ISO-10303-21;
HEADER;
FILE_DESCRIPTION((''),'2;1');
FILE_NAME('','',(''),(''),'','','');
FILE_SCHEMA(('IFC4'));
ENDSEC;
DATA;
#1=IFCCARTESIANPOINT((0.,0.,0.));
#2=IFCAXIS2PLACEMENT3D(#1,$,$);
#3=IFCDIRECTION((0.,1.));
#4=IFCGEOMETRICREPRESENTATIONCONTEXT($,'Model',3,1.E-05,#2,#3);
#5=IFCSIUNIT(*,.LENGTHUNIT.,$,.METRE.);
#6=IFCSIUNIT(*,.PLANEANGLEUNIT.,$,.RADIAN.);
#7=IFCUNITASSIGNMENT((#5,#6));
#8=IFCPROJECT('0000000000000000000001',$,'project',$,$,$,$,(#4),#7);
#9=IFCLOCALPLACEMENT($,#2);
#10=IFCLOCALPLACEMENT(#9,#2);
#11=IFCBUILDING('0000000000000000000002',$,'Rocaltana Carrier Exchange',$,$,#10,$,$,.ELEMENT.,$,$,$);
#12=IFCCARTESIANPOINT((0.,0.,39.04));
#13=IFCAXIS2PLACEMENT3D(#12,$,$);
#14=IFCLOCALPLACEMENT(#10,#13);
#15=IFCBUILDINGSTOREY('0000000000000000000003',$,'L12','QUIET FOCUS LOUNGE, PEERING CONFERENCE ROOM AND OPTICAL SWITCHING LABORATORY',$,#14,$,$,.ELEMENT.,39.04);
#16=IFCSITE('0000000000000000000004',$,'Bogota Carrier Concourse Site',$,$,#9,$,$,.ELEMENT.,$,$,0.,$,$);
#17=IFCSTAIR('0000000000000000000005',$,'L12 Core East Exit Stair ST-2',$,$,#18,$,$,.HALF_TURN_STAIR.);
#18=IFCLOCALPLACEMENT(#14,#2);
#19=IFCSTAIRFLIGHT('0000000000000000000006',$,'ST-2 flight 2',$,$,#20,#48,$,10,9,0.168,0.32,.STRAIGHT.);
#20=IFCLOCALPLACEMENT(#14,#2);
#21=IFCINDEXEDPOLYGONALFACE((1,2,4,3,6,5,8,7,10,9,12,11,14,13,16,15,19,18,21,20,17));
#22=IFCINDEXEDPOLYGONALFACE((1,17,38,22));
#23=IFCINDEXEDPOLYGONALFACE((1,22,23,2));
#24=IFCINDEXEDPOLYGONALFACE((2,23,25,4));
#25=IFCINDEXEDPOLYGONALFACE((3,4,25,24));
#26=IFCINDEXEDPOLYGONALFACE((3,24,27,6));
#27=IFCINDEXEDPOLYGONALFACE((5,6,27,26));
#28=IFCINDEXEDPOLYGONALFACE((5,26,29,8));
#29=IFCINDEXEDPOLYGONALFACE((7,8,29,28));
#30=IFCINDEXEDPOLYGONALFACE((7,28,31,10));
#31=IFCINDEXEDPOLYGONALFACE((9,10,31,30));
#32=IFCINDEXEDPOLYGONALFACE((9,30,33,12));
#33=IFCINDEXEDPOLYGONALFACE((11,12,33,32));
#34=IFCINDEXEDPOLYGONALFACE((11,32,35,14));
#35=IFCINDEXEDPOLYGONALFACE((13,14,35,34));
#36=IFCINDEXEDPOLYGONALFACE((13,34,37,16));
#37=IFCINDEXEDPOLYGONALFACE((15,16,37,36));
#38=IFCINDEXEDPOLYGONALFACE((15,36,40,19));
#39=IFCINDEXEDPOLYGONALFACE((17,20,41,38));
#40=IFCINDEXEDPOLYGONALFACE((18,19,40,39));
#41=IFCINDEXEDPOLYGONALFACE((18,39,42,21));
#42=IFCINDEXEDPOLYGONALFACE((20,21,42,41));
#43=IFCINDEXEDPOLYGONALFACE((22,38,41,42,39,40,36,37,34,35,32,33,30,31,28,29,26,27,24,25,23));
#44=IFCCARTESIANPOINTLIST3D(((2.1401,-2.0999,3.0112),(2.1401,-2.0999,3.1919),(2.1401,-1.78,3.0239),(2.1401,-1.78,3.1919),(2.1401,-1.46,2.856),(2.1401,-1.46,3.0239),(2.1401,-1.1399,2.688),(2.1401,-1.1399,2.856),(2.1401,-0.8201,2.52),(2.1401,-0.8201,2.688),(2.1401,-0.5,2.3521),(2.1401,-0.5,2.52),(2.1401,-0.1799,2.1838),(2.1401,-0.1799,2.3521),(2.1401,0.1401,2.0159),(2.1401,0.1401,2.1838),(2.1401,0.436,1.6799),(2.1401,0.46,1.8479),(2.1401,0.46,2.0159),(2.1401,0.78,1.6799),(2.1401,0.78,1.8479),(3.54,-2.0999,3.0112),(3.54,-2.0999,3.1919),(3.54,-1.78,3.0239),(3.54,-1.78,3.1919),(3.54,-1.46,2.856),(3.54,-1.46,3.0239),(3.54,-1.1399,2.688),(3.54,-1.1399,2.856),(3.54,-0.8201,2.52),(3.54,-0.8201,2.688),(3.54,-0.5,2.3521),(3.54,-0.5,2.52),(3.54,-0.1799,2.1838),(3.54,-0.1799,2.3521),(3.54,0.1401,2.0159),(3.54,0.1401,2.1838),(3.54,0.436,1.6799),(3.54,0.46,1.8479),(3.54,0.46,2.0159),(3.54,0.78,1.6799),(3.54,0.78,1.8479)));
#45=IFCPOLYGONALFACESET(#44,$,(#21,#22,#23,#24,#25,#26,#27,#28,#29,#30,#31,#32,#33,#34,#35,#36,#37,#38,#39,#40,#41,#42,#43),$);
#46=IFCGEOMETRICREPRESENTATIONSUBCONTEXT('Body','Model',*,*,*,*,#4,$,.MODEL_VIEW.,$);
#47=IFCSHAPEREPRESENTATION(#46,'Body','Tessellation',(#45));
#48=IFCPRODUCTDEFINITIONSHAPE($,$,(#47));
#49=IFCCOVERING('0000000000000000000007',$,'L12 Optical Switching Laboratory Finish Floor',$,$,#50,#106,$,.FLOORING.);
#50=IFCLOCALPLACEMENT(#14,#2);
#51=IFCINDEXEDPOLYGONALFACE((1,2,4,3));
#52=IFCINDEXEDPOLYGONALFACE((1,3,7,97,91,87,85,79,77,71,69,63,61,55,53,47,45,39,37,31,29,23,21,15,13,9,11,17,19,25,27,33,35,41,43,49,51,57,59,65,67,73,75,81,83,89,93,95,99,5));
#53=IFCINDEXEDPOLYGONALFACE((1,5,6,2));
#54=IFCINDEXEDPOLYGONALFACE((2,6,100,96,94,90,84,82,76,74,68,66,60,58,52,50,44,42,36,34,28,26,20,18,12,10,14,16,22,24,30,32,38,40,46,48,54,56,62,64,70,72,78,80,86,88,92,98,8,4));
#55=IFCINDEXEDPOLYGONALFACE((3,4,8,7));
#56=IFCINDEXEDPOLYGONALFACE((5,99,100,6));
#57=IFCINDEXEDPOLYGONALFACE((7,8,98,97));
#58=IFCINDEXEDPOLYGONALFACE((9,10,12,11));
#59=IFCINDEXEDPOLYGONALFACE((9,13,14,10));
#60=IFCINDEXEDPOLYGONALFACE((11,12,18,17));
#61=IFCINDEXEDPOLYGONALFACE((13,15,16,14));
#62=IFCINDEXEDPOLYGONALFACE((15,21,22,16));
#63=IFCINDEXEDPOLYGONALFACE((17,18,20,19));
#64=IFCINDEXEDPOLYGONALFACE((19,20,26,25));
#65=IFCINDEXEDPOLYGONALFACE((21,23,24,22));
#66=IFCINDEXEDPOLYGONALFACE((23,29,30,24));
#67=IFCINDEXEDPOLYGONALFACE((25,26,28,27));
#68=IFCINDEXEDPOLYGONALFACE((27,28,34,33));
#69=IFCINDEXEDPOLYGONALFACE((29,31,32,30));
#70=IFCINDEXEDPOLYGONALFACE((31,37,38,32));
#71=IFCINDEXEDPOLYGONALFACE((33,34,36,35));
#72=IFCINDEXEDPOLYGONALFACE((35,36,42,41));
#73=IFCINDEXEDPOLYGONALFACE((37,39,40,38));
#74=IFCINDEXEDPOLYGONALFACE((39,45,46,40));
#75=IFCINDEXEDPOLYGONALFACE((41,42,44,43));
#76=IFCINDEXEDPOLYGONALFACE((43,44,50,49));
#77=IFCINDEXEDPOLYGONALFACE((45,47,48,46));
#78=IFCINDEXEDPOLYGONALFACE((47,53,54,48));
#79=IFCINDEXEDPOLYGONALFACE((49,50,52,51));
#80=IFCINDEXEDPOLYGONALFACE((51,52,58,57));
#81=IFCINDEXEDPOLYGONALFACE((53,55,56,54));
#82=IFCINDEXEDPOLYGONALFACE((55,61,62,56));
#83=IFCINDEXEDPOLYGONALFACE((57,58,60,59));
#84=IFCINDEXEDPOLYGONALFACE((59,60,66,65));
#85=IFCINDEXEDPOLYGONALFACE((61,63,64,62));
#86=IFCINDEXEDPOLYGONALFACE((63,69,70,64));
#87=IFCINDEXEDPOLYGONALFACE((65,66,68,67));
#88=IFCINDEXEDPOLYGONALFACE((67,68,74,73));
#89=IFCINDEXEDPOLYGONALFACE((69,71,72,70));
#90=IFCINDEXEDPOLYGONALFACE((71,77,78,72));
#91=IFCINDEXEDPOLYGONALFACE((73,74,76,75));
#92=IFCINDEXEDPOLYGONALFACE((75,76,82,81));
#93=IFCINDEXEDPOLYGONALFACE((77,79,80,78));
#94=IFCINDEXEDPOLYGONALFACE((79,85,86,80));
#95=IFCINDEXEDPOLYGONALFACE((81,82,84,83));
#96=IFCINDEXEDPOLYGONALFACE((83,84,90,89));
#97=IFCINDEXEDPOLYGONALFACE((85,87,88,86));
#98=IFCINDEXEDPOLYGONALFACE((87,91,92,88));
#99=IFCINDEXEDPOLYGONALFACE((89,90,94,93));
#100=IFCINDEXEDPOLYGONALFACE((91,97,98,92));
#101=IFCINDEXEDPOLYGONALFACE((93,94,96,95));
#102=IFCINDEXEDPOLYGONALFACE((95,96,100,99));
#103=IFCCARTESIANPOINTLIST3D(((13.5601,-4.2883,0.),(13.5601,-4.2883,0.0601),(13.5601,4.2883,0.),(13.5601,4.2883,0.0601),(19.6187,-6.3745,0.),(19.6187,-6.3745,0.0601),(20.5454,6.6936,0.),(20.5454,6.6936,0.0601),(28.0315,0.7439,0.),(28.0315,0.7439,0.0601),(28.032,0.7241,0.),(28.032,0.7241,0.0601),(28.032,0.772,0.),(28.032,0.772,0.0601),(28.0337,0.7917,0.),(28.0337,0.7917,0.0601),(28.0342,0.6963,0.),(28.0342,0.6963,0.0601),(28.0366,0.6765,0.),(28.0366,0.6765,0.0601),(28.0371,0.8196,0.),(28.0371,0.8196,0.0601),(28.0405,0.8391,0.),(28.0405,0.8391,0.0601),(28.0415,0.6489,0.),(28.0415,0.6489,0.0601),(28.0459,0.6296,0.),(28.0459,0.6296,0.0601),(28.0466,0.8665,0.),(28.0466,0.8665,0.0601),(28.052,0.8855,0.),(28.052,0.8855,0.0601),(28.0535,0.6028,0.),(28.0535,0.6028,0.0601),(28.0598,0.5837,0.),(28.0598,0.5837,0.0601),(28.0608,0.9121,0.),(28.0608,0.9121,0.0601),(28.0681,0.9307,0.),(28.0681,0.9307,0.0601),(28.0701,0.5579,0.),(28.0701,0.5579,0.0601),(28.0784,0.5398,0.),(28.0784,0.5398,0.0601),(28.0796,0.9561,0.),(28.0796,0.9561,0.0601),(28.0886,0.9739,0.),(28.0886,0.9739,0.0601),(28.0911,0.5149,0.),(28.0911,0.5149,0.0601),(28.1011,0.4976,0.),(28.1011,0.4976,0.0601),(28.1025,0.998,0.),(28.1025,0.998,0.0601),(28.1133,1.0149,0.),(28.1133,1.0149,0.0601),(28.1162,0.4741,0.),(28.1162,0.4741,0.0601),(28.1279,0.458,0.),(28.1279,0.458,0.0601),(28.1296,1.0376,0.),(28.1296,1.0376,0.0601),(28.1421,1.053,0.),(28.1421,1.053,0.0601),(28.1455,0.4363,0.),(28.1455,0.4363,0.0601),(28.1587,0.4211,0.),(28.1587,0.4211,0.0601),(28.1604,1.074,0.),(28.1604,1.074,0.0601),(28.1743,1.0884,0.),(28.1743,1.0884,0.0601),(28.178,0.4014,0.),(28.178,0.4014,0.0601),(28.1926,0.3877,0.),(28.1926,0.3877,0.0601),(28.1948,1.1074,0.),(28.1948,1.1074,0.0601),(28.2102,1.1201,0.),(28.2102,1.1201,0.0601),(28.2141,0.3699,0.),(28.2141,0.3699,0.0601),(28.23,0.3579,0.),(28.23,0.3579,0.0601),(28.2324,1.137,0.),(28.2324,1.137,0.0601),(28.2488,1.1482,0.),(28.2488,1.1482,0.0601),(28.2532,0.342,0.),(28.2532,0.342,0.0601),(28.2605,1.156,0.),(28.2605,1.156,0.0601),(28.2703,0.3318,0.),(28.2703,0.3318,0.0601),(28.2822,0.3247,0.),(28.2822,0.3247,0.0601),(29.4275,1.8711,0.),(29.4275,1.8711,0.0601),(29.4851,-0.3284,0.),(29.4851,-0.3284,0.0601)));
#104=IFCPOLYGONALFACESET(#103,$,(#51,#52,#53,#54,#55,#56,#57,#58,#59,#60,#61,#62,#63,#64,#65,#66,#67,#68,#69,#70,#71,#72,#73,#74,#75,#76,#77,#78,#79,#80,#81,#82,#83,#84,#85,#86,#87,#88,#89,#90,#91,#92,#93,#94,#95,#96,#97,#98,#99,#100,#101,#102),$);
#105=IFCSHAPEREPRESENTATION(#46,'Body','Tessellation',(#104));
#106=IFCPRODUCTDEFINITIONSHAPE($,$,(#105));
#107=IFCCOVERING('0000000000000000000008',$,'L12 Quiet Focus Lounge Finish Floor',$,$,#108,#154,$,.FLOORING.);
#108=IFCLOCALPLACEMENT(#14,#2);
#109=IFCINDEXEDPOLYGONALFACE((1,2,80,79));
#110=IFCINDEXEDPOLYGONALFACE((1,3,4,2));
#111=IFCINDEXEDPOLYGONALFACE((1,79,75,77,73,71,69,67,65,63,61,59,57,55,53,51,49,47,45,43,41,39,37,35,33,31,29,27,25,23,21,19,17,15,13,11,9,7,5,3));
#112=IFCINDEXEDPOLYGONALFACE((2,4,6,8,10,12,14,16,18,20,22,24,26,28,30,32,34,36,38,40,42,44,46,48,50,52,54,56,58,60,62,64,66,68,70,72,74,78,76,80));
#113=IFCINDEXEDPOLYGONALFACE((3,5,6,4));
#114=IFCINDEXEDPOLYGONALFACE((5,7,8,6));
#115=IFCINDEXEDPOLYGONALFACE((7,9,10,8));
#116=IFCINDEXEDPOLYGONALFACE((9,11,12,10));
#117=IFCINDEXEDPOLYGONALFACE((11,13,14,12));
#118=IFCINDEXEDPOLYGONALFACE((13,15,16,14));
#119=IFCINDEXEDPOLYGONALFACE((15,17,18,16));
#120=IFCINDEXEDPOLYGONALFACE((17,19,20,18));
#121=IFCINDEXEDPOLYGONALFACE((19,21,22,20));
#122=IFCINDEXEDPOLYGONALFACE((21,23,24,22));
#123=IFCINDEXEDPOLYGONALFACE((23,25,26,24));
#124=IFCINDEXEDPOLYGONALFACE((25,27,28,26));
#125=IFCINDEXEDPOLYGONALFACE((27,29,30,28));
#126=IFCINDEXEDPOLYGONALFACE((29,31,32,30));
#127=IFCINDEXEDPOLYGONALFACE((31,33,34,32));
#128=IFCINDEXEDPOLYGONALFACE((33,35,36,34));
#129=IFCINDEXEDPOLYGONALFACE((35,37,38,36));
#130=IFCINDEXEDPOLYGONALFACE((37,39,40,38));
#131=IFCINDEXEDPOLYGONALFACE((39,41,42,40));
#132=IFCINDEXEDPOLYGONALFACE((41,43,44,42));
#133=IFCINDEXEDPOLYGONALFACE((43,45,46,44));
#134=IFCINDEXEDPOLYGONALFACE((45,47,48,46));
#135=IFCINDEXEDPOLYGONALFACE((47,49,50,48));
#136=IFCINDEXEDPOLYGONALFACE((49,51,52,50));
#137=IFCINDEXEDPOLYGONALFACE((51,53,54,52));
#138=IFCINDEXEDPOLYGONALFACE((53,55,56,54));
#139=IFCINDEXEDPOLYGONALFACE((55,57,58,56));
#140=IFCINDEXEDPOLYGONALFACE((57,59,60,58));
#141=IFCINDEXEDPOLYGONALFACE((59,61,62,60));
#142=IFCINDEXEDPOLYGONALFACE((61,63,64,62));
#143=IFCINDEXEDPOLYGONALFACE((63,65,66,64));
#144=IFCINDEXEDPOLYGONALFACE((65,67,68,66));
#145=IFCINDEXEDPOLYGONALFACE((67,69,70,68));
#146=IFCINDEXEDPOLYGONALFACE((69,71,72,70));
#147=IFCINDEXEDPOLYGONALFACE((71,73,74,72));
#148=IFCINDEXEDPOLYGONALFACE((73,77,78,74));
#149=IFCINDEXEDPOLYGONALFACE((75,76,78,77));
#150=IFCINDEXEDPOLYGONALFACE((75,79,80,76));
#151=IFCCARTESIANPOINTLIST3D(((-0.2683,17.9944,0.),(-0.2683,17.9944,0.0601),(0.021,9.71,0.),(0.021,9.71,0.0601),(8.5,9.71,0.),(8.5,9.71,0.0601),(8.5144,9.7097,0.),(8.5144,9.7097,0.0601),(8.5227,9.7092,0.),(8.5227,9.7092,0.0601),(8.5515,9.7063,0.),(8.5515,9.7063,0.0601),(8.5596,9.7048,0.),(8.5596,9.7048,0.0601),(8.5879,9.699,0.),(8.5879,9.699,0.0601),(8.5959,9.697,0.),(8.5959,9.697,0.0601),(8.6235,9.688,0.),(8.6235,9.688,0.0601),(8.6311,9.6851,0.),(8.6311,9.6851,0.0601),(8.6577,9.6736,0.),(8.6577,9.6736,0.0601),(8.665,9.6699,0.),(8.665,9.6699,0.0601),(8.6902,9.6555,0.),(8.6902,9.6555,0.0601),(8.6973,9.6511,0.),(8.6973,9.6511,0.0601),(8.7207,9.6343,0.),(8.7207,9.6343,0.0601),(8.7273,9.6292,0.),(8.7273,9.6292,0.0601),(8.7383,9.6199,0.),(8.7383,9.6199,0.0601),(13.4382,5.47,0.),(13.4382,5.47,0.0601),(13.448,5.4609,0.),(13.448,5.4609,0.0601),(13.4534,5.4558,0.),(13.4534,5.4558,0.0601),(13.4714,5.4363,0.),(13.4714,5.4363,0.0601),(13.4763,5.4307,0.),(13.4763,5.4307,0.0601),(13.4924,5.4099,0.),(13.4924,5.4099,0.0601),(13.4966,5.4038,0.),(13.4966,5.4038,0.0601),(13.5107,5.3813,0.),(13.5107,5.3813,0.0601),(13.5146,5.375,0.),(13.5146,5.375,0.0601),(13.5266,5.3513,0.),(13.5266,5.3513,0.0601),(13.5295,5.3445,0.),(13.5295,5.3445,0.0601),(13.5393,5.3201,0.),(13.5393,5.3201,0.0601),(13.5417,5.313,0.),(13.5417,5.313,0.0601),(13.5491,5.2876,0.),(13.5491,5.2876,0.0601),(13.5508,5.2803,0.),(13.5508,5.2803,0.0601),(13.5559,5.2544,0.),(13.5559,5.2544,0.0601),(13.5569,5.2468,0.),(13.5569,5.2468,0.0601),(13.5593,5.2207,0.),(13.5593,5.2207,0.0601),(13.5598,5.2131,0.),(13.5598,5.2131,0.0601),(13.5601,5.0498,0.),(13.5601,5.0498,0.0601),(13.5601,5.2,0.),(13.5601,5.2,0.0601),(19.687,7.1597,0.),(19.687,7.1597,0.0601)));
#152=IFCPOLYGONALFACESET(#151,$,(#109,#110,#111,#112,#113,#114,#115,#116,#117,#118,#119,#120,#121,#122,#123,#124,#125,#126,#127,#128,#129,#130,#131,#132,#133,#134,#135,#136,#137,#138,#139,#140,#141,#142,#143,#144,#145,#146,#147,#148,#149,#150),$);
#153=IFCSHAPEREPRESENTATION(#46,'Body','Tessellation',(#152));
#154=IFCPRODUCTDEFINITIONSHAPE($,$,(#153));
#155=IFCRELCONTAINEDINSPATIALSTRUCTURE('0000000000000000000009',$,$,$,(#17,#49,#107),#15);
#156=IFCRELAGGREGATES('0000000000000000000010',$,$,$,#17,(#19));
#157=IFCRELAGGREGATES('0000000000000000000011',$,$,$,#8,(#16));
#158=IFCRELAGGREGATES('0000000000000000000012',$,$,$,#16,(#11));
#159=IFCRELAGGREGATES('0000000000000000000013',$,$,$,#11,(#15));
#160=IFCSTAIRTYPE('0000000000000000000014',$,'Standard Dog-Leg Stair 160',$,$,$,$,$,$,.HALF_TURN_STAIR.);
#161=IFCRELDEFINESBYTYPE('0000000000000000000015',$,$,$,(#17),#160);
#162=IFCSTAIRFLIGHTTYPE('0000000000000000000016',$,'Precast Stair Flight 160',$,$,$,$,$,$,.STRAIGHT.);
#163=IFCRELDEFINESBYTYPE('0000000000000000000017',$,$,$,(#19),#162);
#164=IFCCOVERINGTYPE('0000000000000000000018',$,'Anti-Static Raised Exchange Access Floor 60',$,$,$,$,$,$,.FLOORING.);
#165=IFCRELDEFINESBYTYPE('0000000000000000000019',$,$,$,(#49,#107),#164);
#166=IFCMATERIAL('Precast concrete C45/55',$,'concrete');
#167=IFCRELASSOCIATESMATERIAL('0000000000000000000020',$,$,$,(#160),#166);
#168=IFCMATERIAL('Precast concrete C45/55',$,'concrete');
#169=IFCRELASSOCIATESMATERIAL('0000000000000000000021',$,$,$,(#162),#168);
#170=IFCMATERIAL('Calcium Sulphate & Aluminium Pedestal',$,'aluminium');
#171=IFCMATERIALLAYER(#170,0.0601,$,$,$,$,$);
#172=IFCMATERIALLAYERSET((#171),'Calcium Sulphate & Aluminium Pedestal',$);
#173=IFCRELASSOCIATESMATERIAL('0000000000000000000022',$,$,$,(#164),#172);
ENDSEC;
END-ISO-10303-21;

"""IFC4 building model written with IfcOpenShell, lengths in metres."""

from ifc_helpers import new_model, si_unit, direction, frame, origin, place, context, subcontext, project, spatial, polyline, outline, extrude, material, layer, layer_set, type_object, element, aggregate, save


model = new_model("IFC4")

# Units and contexts
model_context = context("Model", 3, precision=1e-05, world=origin(), true_north=direction((0.0, 1.0)))
body_context = subcontext(model_context, "Body", "Model", "MODEL_VIEW")
ifc_project = project(units=[si_unit("LENGTHUNIT", "METRE"), si_unit("PLANEANGLEUNIT", "RADIAN")], contexts=[model_context])

# Site, building, storey
site_placement = place(None, origin())
site = spatial("IfcSite", under=ifc_project, at=site_placement, Name="Bogota Carrier Concourse Site", CompositionType="ELEMENT", RefElevation=0.0)
building_placement = place(site_placement, origin())
building = spatial("IfcBuilding", under=site, at=building_placement, Name="Rocaltana Carrier Exchange", CompositionType="ELEMENT")
storey_placement = place(building_placement, frame((0.0, 0.0, 39.04)))
storey = spatial("IfcBuildingStorey", under=building, at=storey_placement, Name="L12", Description="QUIET FOCUS LOUNGE, PEERING CONFERENCE ROOM AND OPTICAL SWITCHING LABORATORY", CompositionType="ELEMENT", Elevation=39.04)

# Stair, stair flight
ifc_material_1 = material(Name="Precast concrete C45/55", Category="concrete")
stair_type = type_object("IfcStairType", Name="Standard Dog-Leg Stair 160", PredefinedType="HALF_TURN_STAIR", material=ifc_material_1)
stair_placement = place(storey_placement, origin())
stair = element("IfcStair", 1, at=stair_placement, inside=storey, type_object=stair_type, Name="L12 Core East Exit Stair ST-2", PredefinedType="HALF_TURN_STAIR")
ifc_material_2 = material(Name="Precast concrete C45/55", Category="concrete")
stair_flight_type = type_object("IfcStairFlightType", Name="Precast Stair Flight 160", PredefinedType="STRAIGHT", material=ifc_material_2)
stair_flight_placement = place(storey_placement, frame((2.8401, 0.78, 1.6799), z_axis=(0.0, 0.0, 1.0), x_axis=(0.0, -1.0, 0.0)))
stair_flight = element("IfcStairFlight", 2, at=stair_flight_placement, type_object=stair_flight_type, Name="ST-2 flight 2", NumberOfRisers=10, NumberOfTreads=9, PredefinedType="STRAIGHT", RiserHeight=0.168, TreadLength=0.32, context=body_context, shape_type="SweptSolid", body=[
    extrude(outline(polyline([(0.0, 0.0), (0.0, 0.168), (0.3201, 0.168), (0.3201, 0.3359), (0.6399, 0.3359), (0.6399, 0.5039), (0.96, 0.5039), (0.96, 0.6721), (1.28, 0.6721), (1.28, 0.8401), (1.6001, 0.8401), (1.6001, 1.0081), (1.9199, 1.0081), (1.9199, 1.176), (2.24, 1.176), (2.24, 1.344), (2.5601, 1.344), (2.5601, 1.512), (2.8799, 1.512), (2.8799, 1.6799), (2.8799, 1.3313), (0.344, 0.0), (0.0, 0.0)])), frame((0.0, 0.7, 0.0), z_axis=(0.0, -1.0, 0.0), x_axis=(1.0, 0.0, 0.0)), (0.0, 0.0, 1.0), 1.3999),
])
aggregate(stair, [stair_flight])

# Coverings
ifc_material_3 = material(Name="Calcium Sulphate & Aluminium Pedestal", Category="aluminium")
ifc_layer_1 = layer(ifc_material_3, 0.0601)
ifc_layer_set_1 = layer_set([ifc_layer_1], Name="Calcium Sulphate & Aluminium Pedestal")
covering_type_1 = type_object("IfcCoveringType", Name="Anti-Static Raised Exchange Access Floor 60", PredefinedType="FLOORING", material=ifc_layer_set_1)
covering_1_placement = place(storey_placement, origin())
element("IfcCovering", 3, at=covering_1_placement, inside=storey, type_object=covering_type_1, Name="L12 Optical Switching Laboratory Finish Floor", PredefinedType="FLOORING", context=body_context, shape_type="SweptSolid", body=[
    extrude(outline(polyline([(29.4275, 1.8711), (28.2605, 1.156), (28.2488, 1.1482), (28.2324, 1.137), (28.2102, 1.1201), (28.1948, 1.1074), (28.1743, 1.0884), (28.1604, 1.074), (28.1421, 1.053), (28.1296, 1.0376), (28.1133, 1.0149), (28.1025, 0.998), (28.0886, 0.9739), (28.0796, 0.9561), (28.0681, 0.9307), (28.0608, 0.9121), (28.052, 0.8855), (28.0466, 0.8665), (28.0405, 0.8391), (28.0371, 0.8196), (28.0337, 0.7917), (28.032, 0.772), (28.0315, 0.7439), (28.032, 0.7241), (28.0342, 0.6963), (28.0366, 0.6765), (28.0415, 0.6489), (28.0459, 0.6296), (28.0535, 0.6028), (28.0598, 0.5837), (28.0701, 0.5579), (28.0784, 0.5398), (28.0911, 0.5149), (28.1011, 0.4976), (28.1162, 0.4741), (28.1279, 0.458), (28.1455, 0.4363), (28.1587, 0.4211), (28.178, 0.4014), (28.1926, 0.3877), (28.2141, 0.3699), (28.23, 0.3579), (28.2532, 0.342), (28.2703, 0.3318), (28.2822, 0.3247), (29.4851, -0.3284), (19.6187, -6.3745), (13.5601, -4.2883), (13.5601, 4.2883), (20.5454, 6.6936), (29.4275, 1.8711)])), origin(), (0.0, 0.0, 1.0), 0.0601),
])
covering_2_placement = place(storey_placement, origin())
element("IfcCovering", 4, at=covering_2_placement, inside=storey, type_object=covering_type_1, Name="L12 Quiet Focus Lounge Finish Floor", PredefinedType="FLOORING", context=body_context, shape_type="SweptSolid", body=[
    extrude(outline(polyline([(19.687, 7.1597), (13.5601, 5.0498), (13.5601, 5.2), (13.5598, 5.2131), (13.5593, 5.2207), (13.5569, 5.2468), (13.5559, 5.2544), (13.5508, 5.2803), (13.5491, 5.2876), (13.5417, 5.313), (13.5393, 5.3201), (13.5295, 5.3445), (13.5266, 5.3513), (13.5146, 5.375), (13.5107, 5.3813), (13.4966, 5.4038), (13.4924, 5.4099), (13.4763, 5.4307), (13.4714, 5.4363), (13.4534, 5.4558), (13.448, 5.4609), (13.4382, 5.47), (8.7383, 9.6199), (8.7273, 9.6292), (8.7207, 9.6343), (8.6973, 9.6511), (8.6902, 9.6555), (8.665, 9.6699), (8.6577, 9.6736), (8.6311, 9.6851), (8.6235, 9.688), (8.5959, 9.697), (8.5879, 9.699), (8.5596, 9.7048), (8.5515, 9.7063), (8.5227, 9.7092), (8.5144, 9.7097), (8.5, 9.71), (0.021, 9.71), (-0.2683, 17.9944), (19.687, 7.1597)])), origin(), (0.0, 0.0, 1.0), 0.0601),
])

save(model, "model.ifc")
